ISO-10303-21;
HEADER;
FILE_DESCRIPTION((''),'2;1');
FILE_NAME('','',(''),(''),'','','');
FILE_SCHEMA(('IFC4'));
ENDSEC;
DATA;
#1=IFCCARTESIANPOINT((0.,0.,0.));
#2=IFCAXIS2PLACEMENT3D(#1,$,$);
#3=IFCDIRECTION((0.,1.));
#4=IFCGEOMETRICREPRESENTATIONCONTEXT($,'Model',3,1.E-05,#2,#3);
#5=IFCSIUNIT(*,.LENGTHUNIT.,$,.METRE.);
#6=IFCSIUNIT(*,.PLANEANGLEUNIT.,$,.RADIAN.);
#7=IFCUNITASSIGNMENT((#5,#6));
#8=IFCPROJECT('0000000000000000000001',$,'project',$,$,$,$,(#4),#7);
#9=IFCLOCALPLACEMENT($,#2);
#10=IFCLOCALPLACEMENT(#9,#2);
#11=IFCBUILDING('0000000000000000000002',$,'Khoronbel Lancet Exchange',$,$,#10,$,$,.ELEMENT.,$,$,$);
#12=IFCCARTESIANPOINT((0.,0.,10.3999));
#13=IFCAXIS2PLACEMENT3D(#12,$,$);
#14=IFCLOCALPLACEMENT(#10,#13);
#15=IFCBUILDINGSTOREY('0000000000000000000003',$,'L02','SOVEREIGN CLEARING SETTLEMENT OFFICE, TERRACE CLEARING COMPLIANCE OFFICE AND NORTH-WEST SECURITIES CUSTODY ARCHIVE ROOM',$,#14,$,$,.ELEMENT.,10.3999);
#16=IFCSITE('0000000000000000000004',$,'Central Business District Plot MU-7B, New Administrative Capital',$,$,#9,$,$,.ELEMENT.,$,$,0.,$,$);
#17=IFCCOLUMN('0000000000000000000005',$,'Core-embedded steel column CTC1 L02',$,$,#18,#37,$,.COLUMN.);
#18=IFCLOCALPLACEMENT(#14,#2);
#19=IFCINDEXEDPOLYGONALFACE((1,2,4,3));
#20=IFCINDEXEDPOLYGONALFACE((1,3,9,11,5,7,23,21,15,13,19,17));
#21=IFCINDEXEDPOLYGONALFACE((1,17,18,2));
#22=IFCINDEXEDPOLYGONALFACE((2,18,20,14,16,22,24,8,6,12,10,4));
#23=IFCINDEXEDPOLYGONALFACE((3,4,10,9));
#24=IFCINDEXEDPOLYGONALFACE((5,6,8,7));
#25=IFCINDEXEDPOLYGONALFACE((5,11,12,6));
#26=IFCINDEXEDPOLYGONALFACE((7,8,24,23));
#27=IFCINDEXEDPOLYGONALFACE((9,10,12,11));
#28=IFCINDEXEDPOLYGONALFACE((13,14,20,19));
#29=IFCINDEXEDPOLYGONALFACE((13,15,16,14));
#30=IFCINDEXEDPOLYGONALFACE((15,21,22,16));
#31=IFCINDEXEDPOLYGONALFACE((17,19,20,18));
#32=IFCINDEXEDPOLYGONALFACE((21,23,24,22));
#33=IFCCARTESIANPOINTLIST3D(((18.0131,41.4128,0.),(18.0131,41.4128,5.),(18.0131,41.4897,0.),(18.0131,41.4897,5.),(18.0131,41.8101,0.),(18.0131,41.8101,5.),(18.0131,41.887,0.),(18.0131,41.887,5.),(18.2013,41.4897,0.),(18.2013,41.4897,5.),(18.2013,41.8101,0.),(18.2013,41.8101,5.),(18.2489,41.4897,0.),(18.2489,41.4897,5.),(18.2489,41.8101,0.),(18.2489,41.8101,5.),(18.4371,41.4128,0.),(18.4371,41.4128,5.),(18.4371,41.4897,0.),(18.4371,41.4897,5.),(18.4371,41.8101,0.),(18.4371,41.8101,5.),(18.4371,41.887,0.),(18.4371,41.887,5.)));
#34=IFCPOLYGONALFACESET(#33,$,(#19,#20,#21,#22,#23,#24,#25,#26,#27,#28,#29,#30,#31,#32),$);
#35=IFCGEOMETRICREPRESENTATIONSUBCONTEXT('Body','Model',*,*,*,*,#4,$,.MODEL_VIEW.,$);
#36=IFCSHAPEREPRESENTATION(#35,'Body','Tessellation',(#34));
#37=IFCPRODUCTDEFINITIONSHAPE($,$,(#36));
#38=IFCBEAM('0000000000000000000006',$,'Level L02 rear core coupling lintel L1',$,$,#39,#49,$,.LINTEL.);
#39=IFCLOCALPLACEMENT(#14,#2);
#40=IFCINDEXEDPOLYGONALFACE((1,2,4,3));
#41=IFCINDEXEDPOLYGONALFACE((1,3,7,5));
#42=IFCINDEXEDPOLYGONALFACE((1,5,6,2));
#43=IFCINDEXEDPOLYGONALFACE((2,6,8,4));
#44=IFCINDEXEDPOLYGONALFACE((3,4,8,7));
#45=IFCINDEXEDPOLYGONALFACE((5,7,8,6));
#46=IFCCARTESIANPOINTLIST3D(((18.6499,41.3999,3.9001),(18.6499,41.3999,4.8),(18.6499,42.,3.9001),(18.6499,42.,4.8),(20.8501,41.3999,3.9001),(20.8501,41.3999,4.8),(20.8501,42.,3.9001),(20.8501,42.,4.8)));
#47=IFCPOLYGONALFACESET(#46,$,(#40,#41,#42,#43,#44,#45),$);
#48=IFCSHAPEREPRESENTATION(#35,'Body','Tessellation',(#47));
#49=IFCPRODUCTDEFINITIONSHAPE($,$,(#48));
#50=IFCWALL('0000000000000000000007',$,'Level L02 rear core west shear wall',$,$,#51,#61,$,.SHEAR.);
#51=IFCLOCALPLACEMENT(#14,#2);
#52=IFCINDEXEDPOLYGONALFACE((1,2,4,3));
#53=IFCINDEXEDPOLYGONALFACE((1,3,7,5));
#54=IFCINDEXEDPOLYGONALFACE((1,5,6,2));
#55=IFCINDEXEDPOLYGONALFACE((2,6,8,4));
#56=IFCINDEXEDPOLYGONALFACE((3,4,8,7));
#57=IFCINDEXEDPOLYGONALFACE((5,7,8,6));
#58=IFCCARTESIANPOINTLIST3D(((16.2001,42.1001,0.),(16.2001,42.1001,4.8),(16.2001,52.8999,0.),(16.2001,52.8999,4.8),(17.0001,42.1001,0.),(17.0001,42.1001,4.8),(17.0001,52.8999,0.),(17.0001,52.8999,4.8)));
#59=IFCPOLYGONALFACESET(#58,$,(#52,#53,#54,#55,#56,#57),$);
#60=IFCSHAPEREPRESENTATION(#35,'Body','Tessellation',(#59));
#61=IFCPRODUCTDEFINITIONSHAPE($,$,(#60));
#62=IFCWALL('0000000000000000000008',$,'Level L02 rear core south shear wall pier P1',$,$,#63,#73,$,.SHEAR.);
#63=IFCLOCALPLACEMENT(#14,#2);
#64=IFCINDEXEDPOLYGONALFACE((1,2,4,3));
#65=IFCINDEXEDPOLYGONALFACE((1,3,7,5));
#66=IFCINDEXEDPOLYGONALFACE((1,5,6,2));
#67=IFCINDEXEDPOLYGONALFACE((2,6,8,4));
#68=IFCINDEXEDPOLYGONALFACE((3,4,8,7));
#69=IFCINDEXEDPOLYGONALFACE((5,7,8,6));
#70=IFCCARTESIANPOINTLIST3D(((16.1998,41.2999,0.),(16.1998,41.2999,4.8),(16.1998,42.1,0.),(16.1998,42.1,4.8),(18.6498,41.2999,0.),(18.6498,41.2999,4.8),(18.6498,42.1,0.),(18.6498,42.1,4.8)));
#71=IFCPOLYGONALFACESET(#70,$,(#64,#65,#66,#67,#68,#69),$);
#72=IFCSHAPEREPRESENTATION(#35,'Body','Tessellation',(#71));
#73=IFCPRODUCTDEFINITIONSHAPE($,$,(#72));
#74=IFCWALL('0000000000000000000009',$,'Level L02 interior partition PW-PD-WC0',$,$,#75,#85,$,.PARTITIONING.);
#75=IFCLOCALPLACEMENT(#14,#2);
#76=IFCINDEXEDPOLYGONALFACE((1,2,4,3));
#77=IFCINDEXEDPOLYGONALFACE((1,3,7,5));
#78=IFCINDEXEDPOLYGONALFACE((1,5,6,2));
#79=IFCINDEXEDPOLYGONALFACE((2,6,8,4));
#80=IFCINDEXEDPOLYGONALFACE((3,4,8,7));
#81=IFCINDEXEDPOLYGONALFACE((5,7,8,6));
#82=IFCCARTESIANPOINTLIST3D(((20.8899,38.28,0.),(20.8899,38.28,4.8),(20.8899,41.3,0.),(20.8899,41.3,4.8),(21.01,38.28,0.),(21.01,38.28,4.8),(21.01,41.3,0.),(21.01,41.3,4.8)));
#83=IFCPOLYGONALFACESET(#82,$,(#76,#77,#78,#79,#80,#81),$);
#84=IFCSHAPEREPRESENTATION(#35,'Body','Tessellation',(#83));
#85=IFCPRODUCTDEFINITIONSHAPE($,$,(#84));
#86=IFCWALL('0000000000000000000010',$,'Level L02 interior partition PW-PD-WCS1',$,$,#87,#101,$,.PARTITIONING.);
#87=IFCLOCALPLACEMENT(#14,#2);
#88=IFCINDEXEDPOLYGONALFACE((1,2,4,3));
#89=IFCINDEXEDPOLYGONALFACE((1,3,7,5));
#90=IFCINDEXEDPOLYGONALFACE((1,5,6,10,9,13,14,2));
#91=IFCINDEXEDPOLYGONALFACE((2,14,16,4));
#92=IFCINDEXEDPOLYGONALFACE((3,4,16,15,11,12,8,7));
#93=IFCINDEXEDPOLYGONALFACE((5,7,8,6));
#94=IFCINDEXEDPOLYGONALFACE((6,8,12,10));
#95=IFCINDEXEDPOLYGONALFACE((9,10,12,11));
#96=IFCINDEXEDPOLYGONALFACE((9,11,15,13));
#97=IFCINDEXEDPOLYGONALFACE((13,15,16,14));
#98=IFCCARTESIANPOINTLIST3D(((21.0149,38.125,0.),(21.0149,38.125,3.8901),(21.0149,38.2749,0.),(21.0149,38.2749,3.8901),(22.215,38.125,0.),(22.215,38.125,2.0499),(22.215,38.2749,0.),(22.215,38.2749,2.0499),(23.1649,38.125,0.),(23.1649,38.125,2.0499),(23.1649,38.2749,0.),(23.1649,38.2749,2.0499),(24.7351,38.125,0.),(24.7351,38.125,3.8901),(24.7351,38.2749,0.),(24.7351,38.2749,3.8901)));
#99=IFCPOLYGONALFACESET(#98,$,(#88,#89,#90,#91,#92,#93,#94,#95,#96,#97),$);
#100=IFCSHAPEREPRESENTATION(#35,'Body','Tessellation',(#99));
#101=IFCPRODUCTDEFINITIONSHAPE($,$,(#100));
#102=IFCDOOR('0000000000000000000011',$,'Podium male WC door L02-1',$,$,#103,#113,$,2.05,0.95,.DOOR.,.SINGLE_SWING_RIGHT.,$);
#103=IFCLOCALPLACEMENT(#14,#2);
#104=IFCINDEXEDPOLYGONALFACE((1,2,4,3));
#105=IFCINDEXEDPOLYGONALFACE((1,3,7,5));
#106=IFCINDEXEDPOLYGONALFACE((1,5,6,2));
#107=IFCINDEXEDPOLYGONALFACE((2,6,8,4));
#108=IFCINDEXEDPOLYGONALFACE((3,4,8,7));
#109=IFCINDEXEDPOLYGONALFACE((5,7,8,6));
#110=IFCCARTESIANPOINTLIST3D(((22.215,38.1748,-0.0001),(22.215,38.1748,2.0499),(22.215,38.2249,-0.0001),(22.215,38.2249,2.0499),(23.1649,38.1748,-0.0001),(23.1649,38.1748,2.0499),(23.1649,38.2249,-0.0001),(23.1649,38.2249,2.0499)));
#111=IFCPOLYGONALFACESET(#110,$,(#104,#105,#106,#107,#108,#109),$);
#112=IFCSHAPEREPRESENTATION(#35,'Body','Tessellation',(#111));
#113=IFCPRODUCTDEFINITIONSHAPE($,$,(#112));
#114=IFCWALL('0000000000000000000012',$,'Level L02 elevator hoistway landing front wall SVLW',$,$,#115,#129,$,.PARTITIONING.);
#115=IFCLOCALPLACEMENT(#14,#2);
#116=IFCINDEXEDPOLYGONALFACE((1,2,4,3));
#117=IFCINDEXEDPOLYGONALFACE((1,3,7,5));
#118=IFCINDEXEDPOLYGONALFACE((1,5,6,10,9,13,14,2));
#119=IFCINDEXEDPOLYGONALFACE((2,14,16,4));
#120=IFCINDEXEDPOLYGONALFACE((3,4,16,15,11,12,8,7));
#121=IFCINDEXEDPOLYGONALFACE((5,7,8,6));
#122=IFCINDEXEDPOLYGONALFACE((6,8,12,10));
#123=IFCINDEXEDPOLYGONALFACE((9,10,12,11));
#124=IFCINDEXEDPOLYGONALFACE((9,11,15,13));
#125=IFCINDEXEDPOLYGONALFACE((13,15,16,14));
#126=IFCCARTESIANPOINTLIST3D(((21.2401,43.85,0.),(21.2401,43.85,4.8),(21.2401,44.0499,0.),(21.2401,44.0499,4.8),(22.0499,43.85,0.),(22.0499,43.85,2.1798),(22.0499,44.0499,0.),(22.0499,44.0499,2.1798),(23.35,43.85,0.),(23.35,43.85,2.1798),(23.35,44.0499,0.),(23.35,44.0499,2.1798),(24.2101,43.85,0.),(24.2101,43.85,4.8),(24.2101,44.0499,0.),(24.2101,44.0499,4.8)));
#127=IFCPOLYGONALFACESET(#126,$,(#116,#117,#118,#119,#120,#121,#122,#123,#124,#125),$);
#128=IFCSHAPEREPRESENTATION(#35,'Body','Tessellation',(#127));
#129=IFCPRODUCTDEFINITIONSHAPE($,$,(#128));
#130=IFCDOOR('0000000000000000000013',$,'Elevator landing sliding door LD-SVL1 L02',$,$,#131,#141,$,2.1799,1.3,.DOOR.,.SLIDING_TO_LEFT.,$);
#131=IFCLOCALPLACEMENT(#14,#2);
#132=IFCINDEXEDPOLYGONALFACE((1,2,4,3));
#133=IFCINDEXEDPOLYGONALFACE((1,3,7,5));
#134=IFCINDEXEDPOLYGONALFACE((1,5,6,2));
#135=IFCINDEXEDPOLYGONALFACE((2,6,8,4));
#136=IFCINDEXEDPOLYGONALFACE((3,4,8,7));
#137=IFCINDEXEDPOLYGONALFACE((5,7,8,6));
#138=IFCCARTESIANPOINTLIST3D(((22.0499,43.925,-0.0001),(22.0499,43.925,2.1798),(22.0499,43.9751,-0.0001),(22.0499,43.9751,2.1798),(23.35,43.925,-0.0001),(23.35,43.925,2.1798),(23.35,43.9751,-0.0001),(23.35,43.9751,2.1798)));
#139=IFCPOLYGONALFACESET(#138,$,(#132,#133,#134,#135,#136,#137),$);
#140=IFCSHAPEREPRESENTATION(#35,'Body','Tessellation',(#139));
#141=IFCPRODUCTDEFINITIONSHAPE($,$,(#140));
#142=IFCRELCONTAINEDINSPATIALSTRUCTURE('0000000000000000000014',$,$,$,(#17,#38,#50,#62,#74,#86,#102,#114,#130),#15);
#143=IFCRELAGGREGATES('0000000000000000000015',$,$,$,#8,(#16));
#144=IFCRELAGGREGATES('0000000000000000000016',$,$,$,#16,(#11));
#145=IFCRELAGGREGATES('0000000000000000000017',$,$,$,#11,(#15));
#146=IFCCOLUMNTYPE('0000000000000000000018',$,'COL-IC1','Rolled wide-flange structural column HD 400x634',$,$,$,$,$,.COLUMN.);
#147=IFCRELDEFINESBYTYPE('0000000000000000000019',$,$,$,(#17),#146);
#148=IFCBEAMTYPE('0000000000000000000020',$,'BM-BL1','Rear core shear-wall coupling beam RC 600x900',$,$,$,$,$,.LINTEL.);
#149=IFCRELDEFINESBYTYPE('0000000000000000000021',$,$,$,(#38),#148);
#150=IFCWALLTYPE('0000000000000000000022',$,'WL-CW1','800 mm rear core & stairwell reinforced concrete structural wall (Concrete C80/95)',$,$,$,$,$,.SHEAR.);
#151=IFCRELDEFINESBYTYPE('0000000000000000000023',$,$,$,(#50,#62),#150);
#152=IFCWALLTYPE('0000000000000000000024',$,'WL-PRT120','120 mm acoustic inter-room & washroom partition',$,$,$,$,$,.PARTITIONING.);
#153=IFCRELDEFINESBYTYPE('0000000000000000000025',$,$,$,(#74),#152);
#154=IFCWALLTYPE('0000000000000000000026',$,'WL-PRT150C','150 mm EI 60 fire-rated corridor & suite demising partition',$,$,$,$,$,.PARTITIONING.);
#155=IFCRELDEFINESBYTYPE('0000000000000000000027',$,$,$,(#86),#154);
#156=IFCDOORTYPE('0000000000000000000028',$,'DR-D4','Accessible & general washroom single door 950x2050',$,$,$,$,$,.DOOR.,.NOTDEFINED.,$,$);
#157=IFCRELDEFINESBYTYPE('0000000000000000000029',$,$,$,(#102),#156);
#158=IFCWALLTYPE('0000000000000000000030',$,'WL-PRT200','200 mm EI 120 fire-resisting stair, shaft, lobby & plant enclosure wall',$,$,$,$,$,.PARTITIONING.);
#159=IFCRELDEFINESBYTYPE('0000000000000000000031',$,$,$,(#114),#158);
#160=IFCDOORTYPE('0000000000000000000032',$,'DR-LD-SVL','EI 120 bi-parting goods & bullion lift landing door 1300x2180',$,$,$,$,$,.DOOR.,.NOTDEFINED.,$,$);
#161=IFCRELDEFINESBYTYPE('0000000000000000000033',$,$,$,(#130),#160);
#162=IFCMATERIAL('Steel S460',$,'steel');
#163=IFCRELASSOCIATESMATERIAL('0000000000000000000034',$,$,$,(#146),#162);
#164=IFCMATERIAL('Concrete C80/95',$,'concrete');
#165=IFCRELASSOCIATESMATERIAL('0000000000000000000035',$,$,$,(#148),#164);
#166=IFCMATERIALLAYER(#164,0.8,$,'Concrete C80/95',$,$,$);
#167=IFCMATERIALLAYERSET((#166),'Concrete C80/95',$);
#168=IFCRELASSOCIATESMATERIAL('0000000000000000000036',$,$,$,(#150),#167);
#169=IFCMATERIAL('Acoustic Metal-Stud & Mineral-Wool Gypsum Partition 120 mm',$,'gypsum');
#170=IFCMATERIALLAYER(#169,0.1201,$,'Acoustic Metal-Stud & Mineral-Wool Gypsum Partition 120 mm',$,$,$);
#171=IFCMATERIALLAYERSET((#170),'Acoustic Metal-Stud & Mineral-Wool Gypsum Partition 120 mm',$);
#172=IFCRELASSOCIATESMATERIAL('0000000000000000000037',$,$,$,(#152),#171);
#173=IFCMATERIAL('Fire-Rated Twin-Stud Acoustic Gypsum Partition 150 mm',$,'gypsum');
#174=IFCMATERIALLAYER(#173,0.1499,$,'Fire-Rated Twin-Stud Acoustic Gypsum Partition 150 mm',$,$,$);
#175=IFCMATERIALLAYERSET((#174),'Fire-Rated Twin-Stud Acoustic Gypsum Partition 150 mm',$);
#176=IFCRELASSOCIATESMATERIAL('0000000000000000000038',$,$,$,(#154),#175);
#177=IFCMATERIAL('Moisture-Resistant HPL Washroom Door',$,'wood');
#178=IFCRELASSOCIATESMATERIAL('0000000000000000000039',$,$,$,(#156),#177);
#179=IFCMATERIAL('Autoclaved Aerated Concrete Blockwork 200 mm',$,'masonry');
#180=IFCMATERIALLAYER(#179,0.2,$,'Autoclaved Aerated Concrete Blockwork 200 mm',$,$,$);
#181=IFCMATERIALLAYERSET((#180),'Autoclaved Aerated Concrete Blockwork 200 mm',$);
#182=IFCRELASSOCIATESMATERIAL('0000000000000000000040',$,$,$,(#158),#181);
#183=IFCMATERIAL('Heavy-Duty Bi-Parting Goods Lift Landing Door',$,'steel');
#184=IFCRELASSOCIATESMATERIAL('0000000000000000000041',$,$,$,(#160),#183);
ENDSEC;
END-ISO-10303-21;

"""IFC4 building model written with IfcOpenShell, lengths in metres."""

from ifc_helpers import new_model, si_unit, direction, frame, frame_2d, origin, origin_2d, place, context, subcontext, project, spatial, rectangle, i_section, extrude, material, layer, layer_set, material_profile, profile_set, type_object, element, fill, save


model = new_model("IFC4")

# Units and contexts
model_context = context("Model", 3, precision=1e-05, world=origin(), true_north=direction((0.0, 1.0)))
body_context = subcontext(model_context, "Body", "Model", "MODEL_VIEW")
ifc_project = project(units=[si_unit("LENGTHUNIT", "METRE"), si_unit("PLANEANGLEUNIT", "RADIAN")], contexts=[model_context])

# Site, building, storey
site_placement = place(None, origin())
site = spatial("IfcSite", under=ifc_project, at=site_placement, Name="Central Business District Plot MU-7B, New Administrative Capital", CompositionType="ELEMENT", RefElevation=0.0)
building_placement = place(site_placement, origin())
building = spatial("IfcBuilding", under=site, at=building_placement, Name="Khoronbel Lancet Exchange", CompositionType="ELEMENT")
storey_placement = place(building_placement, frame((0.0, 0.0, 10.3999)))
storey = spatial("IfcBuildingStorey", under=building, at=storey_placement, Name="L02", Description="SOVEREIGN CLEARING SETTLEMENT OFFICE, TERRACE CLEARING COMPLIANCE OFFICE AND NORTH-WEST SECURITIES CUSTODY ARCHIVE ROOM", CompositionType="ELEMENT", Elevation=10.3999)

# Column
ifc_material_1 = material(Name="Steel S460", Category="steel")
ifc_material_profile_1 = material_profile(ifc_material_1, i_section(OverallWidth=0.4241, OverallDepth=0.4741, WebThickness=0.0476, FlangeThickness=0.0769, at=origin_2d()), Name="HD 400x634")
ifc_profile_set_1 = profile_set([ifc_material_profile_1], Name="Steel S460")
column_type = type_object("IfcColumnType", Name="COL-IC1", Description="Rolled wide-flange structural column HD 400x634", PredefinedType="COLUMN", material=ifc_profile_set_1)
column_placement = place(storey_placement, frame((18.2251, 41.6499, 0.0), z_axis=(0.0, 0.0, 1.0), x_axis=(1.0, 0.0, 0.0)))
element("IfcColumn", 1, at=column_placement, inside=storey, type_object=column_type, Name="Core-embedded steel column CTC1 L02", PredefinedType="COLUMN", context=body_context, shape_type="SweptSolid", body=[
    extrude(i_section(OverallWidth=0.4241, OverallDepth=0.4741, WebThickness=0.0476, FlangeThickness=0.0769, at=origin_2d()), origin(), (0.0, 0.0, 1.0), 5.0),
])

# Beam
ifc_material_2 = material(Name="Concrete C80/95", Category="concrete")
ifc_material_profile_2 = material_profile(ifc_material_2, rectangle(XDim=0.6001, YDim=0.8999, at=origin_2d()), Name="RC 600x900")
ifc_profile_set_2 = profile_set([ifc_material_profile_2], Name="Concrete C80/95")
beam_type = type_object("IfcBeamType", Name="BM-BL1", Description="Rear core shear-wall coupling beam RC 600x900", PredefinedType="LINTEL", material=ifc_profile_set_2)
beam_placement = place(storey_placement, frame((18.6499, 41.7, 4.3501), z_axis=(1.0, 0.0, 0.0), x_axis=(0.0, 1.0, 0.0)))
element("IfcBeam", 2, at=beam_placement, inside=storey, type_object=beam_type, Name="Level L02 rear core coupling lintel L1", PredefinedType="LINTEL", context=body_context, shape_type="SweptSolid", body=[
    extrude(rectangle(XDim=0.6001, YDim=0.8999, at=origin_2d()), origin(), (0.0, 0.0, 1.0), 2.2002),
])

# Walls
ifc_layer_1 = layer(ifc_material_2, 0.8, Name="Concrete C80/95")
ifc_layer_set_1 = layer_set([ifc_layer_1], Name="Concrete C80/95")
wall_type_1 = type_object("IfcWallType", Name="WL-CW1", Description="800 mm rear core & stairwell reinforced concrete structural wall (Concrete C80/95)", PredefinedType="SHEAR", material=ifc_layer_set_1)
wall_1_placement = place(storey_placement, frame((16.6001, 42.1001, 0.0), z_axis=(0.0, 0.0, 1.0), x_axis=(0.0, 1.0, 0.0)))
element("IfcWall", 3, at=wall_1_placement, inside=storey, type_object=wall_type_1, Name="Level L02 rear core west shear wall", PredefinedType="SHEAR", context=body_context, shape_type="SweptSolid", body=[
    extrude(rectangle(XDim=10.7998, YDim=0.8, at=frame_2d((5.3999, 0.0))), origin(), (0.0, 0.0, 1.0), 4.8),
])
wall_2_placement = place(storey_placement, frame((18.6499, 41.7, 0.0), z_axis=(0.0, 0.0, 1.0), x_axis=(-1.0, 0.0, 0.0)))
element("IfcWall", 4, at=wall_2_placement, inside=storey, type_object=wall_type_1, Name="Level L02 rear core south shear wall pier P1", PredefinedType="SHEAR", context=body_context, shape_type="SweptSolid", body=[
    extrude(rectangle(XDim=2.45, YDim=0.8, at=frame_2d((1.2251, 0.0))), origin(), (0.0, 0.0, 1.0), 4.8),
])
ifc_material_3 = material(Name="Acoustic Metal-Stud & Mineral-Wool Gypsum Partition 120 mm", Category="gypsum")
ifc_layer_2 = layer(ifc_material_3, 0.1201, Name="Acoustic Metal-Stud & Mineral-Wool Gypsum Partition 120 mm")
ifc_layer_set_2 = layer_set([ifc_layer_2], Name="Acoustic Metal-Stud & Mineral-Wool Gypsum Partition 120 mm")
wall_type_2 = type_object("IfcWallType", Name="WL-PRT120", Description="120 mm acoustic inter-room & washroom partition", PredefinedType="PARTITIONING", material=ifc_layer_set_2)
wall_3_placement = place(storey_placement, frame((20.95, 38.28, 0.0), z_axis=(0.0, 0.0, 1.0), x_axis=(0.0, 1.0, 0.0)))
element("IfcWall", 5, at=wall_3_placement, inside=storey, type_object=wall_type_2, Name="Level L02 interior partition PW-PD-WC0", PredefinedType="PARTITIONING", context=body_context, shape_type="SweptSolid", body=[
    extrude(rectangle(XDim=3.02, YDim=0.1201, at=frame_2d((1.51, 0.0))), origin(), (0.0, 0.0, 1.0), 4.8),
])

# Walls, openings, doors
ifc_material_4 = material(Name="Fire-Rated Twin-Stud Acoustic Gypsum Partition 150 mm", Category="gypsum")
ifc_layer_3 = layer(ifc_material_4, 0.1499, Name="Fire-Rated Twin-Stud Acoustic Gypsum Partition 150 mm")
ifc_layer_set_3 = layer_set([ifc_layer_3], Name="Fire-Rated Twin-Stud Acoustic Gypsum Partition 150 mm")
wall_type_3 = type_object("IfcWallType", Name="WL-PRT150C", Description="150 mm EI 60 fire-rated corridor & suite demising partition", PredefinedType="PARTITIONING", material=ifc_layer_set_3)
wall_4_placement = place(storey_placement, frame((21.0149, 38.2, 0.0), z_axis=(0.0, 0.0, 1.0), x_axis=(1.0, 0.0, 0.0)))
wall_4 = element("IfcWall", 6, at=wall_4_placement, inside=storey, type_object=wall_type_3, Name="Level L02 interior partition PW-PD-WCS1", PredefinedType="PARTITIONING", context=body_context, shape_type="SweptSolid", body=[
    extrude(rectangle(XDim=3.7202, YDim=0.1499, at=frame_2d((1.8601, 0.0))), origin(), (0.0, 0.0, 1.0), 3.8901),
])
opening_1_placement = place(wall_4_placement, frame((1.2, 0.0, 0.0)))
opening_1 = element("IfcOpeningElement", 7, at=opening_1_placement, cuts=wall_4, PredefinedType="OPENING", context=body_context, shape_type="SweptSolid", body=[
    extrude(rectangle(XDim=0.95, YDim=2.05, at=frame_2d((0.4751, 1.0249))), frame((0.0, 0.085, 0.0), z_axis=(0.0, -1.0, 0.0), x_axis=(1.0, 0.0, 0.0)), (0.0, 0.0, 1.0), 0.1699),
])
ifc_material_5 = material(Name="Moisture-Resistant HPL Washroom Door", Category="wood")
door_type_1 = type_object("IfcDoorType", Name="DR-D4", Description="Accessible & general washroom single door 950x2050", OperationType="NOTDEFINED", PredefinedType="DOOR", material=ifc_material_5)
door_1_placement = place(opening_1_placement, origin())
door_1 = element("IfcDoor", 8, at=door_1_placement, inside=storey, type_object=door_type_1, Name="Podium male WC door L02-1", OperationType="SINGLE_SWING_RIGHT", OverallHeight=2.05, OverallWidth=0.95, PredefinedType="DOOR", context=body_context, shape_type="SweptSolid", body=[
    extrude(rectangle(XDim=0.95, YDim=2.05, at=frame_2d((0.4751, 1.0249))), frame((0.0, 0.0249, 0.0), z_axis=(0.0, -1.0, 0.0), x_axis=(1.0, 0.0, 0.0)), (0.0, 0.0, 1.0), 0.05),
])
fill(opening_1, door_1)
ifc_material_6 = material(Name="Autoclaved Aerated Concrete Blockwork 200 mm", Category="masonry")
ifc_layer_4 = layer(ifc_material_6, 0.2, Name="Autoclaved Aerated Concrete Blockwork 200 mm")
ifc_layer_set_4 = layer_set([ifc_layer_4], Name="Autoclaved Aerated Concrete Blockwork 200 mm")
wall_type_4 = type_object("IfcWallType", Name="WL-PRT200", Description="200 mm EI 120 fire-resisting stair, shaft, lobby & plant enclosure wall", PredefinedType="PARTITIONING", material=ifc_layer_set_4)
wall_5_placement = place(storey_placement, frame((24.21, 43.95, 0.0), z_axis=(0.0, 0.0, 1.0), x_axis=(-1.0, 0.0, 0.0)))
wall_5 = element("IfcWall", 9, at=wall_5_placement, inside=storey, type_object=wall_type_4, Name="Level L02 elevator hoistway landing front wall SVLW", PredefinedType="PARTITIONING", context=body_context, shape_type="SweptSolid", body=[
    extrude(rectangle(XDim=2.97, YDim=0.2, at=frame_2d((1.4849, 0.0))), origin(), (0.0, 0.0, 1.0), 4.8),
])
opening_2_placement = place(wall_5_placement, frame((0.8601, 0.0, 0.0)))
opening_2 = element("IfcOpeningElement", 10, at=opening_2_placement, cuts=wall_5, PredefinedType="OPENING", context=body_context, shape_type="SweptSolid", body=[
    extrude(rectangle(XDim=1.3, YDim=2.1799, at=frame_2d((0.6499, 1.0898))), frame((0.0, 0.1099, 0.0), z_axis=(0.0, -1.0, 0.0), x_axis=(1.0, 0.0, 0.0)), (0.0, 0.0, 1.0), 0.22),
])
ifc_material_7 = material(Name="Heavy-Duty Bi-Parting Goods Lift Landing Door", Category="steel")
door_type_2 = type_object("IfcDoorType", Name="DR-LD-SVL", Description="EI 120 bi-parting goods & bullion lift landing door 1300x2180", OperationType="NOTDEFINED", PredefinedType="DOOR", material=ifc_material_7)
door_2_placement = place(opening_2_placement, origin())
door_2 = element("IfcDoor", 11, at=door_2_placement, inside=storey, type_object=door_type_2, Name="Elevator landing sliding door LD-SVL1 L02", OperationType="SLIDING_TO_LEFT", OverallHeight=2.1799, OverallWidth=1.3, PredefinedType="DOOR", context=body_context, shape_type="SweptSolid", body=[
    extrude(rectangle(XDim=1.3, YDim=2.1799, at=frame_2d((0.6499, 1.0898))), frame((0.0, 0.0249, 0.0), z_axis=(0.0, -1.0, 0.0), x_axis=(1.0, 0.0, 0.0)), (0.0, 0.0, 1.0), 0.05),
])
fill(opening_2, door_2)

save(model, "model.ifc")
